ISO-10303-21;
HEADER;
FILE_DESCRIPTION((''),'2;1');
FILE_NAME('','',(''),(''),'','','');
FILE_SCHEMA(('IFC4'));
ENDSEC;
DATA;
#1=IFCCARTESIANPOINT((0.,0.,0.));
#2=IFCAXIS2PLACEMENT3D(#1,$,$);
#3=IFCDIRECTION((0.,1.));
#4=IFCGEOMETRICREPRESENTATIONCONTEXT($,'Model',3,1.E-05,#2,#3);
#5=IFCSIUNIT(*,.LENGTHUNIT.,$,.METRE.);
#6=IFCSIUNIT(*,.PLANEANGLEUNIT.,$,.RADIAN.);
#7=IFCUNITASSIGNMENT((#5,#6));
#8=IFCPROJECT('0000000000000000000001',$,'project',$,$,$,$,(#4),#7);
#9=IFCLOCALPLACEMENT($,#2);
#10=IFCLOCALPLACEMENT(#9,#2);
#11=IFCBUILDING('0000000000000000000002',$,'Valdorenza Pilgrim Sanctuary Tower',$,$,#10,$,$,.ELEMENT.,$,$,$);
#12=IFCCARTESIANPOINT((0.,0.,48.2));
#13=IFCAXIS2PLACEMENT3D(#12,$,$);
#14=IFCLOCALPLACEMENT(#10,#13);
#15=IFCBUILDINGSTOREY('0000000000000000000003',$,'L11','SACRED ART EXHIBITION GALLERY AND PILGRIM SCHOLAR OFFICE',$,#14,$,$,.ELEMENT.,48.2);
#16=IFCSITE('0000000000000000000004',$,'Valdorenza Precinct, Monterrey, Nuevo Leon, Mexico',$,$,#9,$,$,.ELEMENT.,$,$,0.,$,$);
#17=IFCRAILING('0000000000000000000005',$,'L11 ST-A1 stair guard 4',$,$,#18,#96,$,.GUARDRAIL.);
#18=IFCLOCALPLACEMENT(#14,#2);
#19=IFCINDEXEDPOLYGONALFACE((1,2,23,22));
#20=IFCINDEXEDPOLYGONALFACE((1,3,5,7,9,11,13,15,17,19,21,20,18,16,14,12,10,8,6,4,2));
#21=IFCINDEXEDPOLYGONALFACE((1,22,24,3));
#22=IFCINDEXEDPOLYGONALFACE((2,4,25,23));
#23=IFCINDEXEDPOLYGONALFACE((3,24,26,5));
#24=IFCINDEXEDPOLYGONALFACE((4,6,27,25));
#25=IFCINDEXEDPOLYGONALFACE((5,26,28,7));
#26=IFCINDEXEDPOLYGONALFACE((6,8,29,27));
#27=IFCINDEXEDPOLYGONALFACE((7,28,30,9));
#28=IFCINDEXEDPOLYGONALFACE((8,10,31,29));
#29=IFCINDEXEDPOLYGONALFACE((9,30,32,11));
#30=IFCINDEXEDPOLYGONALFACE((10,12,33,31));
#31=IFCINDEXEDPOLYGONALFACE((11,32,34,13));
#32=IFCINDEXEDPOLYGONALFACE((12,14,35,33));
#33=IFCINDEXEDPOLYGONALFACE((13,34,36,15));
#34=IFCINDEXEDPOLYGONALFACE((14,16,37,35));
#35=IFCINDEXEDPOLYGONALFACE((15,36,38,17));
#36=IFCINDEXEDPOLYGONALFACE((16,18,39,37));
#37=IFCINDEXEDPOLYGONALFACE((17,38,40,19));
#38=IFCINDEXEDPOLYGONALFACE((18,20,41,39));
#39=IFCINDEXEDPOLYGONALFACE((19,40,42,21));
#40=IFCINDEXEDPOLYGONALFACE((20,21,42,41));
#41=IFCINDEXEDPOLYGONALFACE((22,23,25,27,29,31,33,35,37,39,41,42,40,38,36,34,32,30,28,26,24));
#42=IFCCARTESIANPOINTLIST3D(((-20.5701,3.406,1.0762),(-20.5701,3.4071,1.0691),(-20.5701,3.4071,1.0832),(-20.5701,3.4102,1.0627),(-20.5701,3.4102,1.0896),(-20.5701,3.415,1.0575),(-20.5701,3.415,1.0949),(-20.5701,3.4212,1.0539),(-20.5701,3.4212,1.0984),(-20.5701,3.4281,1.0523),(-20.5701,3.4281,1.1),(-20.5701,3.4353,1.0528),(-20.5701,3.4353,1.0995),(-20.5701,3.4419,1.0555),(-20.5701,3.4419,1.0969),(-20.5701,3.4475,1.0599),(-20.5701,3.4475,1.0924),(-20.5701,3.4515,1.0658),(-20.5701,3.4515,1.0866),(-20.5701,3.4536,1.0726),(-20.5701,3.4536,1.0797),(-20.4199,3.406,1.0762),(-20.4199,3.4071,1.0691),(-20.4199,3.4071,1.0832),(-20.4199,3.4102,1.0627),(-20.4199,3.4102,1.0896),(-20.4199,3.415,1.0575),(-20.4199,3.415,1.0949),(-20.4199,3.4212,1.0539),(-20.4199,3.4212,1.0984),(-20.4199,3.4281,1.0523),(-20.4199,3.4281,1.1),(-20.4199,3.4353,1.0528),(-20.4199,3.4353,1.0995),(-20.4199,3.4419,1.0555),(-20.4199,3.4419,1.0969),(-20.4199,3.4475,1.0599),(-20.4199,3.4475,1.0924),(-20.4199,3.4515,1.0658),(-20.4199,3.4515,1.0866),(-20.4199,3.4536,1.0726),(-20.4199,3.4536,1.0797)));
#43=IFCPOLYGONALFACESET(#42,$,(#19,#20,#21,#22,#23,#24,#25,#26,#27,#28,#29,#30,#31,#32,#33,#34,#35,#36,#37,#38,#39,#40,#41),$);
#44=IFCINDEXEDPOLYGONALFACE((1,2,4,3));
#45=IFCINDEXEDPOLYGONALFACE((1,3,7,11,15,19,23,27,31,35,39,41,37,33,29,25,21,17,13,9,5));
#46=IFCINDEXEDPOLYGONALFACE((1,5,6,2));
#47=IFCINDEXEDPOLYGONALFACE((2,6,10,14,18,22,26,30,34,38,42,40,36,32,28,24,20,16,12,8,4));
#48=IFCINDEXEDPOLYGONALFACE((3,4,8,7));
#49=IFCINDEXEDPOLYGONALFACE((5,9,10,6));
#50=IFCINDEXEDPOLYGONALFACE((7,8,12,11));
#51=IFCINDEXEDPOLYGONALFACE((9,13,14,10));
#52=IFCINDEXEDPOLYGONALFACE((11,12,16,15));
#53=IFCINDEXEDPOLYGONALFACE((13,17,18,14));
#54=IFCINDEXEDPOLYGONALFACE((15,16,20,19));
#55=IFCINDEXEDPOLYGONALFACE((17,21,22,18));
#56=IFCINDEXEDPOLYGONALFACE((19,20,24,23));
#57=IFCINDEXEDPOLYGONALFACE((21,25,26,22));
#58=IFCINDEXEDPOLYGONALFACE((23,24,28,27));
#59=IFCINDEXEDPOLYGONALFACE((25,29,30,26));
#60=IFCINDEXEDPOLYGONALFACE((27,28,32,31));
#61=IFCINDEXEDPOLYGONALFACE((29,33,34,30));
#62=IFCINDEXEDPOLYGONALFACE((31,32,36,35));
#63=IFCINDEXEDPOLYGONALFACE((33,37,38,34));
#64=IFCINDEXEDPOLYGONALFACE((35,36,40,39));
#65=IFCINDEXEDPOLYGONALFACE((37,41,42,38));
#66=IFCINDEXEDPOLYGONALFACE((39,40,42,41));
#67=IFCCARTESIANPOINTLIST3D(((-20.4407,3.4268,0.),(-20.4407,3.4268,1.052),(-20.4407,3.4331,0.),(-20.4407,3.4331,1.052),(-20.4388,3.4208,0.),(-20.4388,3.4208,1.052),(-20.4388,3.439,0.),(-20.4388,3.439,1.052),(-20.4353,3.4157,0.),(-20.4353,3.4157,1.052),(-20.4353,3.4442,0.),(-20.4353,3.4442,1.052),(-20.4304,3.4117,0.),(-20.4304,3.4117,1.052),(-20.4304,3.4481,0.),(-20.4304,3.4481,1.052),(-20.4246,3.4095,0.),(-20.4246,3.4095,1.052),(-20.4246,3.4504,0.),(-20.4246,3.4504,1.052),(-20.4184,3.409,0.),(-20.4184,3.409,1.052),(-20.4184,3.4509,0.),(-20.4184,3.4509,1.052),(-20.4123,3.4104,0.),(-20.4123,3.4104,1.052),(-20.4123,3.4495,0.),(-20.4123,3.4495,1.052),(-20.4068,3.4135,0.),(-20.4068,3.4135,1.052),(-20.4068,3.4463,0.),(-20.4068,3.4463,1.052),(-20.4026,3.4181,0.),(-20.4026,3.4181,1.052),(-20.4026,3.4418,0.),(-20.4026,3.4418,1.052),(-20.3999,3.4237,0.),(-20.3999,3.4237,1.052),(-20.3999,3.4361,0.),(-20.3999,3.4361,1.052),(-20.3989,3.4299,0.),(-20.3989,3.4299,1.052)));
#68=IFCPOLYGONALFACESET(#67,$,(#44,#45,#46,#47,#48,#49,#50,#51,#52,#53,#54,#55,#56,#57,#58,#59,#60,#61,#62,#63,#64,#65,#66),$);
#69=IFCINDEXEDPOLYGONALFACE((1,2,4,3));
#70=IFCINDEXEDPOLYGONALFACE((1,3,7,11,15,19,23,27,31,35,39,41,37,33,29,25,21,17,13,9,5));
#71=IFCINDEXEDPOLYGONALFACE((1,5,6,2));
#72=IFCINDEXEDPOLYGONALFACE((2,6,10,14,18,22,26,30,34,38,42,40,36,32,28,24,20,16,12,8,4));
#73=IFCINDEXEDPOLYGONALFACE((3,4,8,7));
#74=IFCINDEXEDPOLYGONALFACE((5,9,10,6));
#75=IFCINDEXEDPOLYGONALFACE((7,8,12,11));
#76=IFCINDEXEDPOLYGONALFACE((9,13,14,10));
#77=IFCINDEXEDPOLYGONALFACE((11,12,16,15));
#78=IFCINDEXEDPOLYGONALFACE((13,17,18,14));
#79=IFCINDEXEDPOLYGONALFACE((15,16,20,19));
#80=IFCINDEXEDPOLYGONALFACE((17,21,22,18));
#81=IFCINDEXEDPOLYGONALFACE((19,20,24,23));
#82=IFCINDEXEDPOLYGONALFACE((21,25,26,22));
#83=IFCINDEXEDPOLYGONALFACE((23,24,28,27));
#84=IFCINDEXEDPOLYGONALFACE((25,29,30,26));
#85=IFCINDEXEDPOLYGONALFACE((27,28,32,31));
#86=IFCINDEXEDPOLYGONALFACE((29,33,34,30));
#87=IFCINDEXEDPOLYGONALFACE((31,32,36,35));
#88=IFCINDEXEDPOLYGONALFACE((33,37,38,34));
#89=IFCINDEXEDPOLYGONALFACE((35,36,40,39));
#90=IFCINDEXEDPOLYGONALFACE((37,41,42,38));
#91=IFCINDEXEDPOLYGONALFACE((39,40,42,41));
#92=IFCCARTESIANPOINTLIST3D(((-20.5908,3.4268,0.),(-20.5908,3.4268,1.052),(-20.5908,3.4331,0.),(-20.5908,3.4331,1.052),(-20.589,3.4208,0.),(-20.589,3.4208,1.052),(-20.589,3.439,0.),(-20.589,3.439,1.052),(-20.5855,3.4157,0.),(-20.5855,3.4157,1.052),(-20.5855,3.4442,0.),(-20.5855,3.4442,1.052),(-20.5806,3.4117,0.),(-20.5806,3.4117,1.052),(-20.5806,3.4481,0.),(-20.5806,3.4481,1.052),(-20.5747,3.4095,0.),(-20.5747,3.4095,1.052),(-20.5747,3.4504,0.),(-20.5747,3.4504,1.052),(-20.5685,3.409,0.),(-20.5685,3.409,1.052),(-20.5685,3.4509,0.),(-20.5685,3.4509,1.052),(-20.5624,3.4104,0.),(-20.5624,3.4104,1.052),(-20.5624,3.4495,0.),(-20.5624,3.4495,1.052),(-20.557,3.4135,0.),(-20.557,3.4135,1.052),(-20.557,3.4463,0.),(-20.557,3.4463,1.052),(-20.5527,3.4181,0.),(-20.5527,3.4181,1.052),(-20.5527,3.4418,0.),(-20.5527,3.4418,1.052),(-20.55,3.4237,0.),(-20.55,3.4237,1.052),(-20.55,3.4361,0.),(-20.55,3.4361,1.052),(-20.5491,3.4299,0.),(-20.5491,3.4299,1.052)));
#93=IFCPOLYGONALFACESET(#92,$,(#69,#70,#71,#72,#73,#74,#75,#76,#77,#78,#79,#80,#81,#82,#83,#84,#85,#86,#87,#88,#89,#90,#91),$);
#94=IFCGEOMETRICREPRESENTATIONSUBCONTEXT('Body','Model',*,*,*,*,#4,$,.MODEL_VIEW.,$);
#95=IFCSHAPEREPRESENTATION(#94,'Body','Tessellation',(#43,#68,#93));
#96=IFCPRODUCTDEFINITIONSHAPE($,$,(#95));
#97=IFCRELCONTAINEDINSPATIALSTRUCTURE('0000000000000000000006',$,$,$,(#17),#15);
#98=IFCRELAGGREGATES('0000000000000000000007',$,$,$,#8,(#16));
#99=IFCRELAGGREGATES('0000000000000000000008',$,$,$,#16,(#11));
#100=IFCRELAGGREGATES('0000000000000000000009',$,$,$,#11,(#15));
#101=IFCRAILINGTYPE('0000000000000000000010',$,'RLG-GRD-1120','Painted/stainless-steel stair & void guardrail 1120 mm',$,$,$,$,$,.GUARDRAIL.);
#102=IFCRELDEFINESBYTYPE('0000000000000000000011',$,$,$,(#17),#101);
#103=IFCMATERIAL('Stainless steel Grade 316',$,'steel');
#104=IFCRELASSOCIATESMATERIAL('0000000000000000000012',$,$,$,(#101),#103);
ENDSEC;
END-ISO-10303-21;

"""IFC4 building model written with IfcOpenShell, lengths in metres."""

from ifc_helpers import new_model, si_unit, direction, frame, origin, origin_2d, place, context, subcontext, project, spatial, circle, extrude, material, type_object, element, save


model = new_model("IFC4")

# Units and contexts
model_context = context("Model", 3, precision=1e-05, world=origin(), true_north=direction((0.0, 1.0)))
body_context = subcontext(model_context, "Body", "Model", "MODEL_VIEW")
ifc_project = project(units=[si_unit("LENGTHUNIT", "METRE"), si_unit("PLANEANGLEUNIT", "RADIAN")], contexts=[model_context])

# Site, building, storey
site_placement = place(None, origin())
site = spatial("IfcSite", under=ifc_project, at=site_placement, Name="Valdorenza Precinct, Monterrey, Nuevo Leon, Mexico", CompositionType="ELEMENT", RefElevation=0.0)
building_placement = place(site_placement, origin())
building = spatial("IfcBuilding", under=site, at=building_placement, Name="Valdorenza Pilgrim Sanctuary Tower", CompositionType="ELEMENT")
storey_placement = place(building_placement, frame((0.0, 0.0, 48.2)))
storey = spatial("IfcBuildingStorey", under=building, at=storey_placement, Name="L11", Description="SACRED ART EXHIBITION GALLERY AND PILGRIM SCHOLAR OFFICE", CompositionType="ELEMENT", Elevation=48.2)

# Railing
ifc_material_1 = material(Name="Stainless steel Grade 316", Category="steel")
railing_type_1 = type_object("IfcRailingType", Name="RLG-GRD-1120", Description="Painted/stainless-steel stair & void guardrail 1120 mm", PredefinedType="GUARDRAIL", material=ifc_material_1)
railing_1_placement = place(storey_placement, frame((-20.4199, 3.4299, 0.0)))
element("IfcRailing", 1, at=railing_1_placement, inside=storey, type_object=railing_type_1, Name="L11 ST-A1 stair guard 4", PredefinedType="GUARDRAIL", context=body_context, shape_type="SweptSolid", body=[
    extrude(circle(Radius=0.0239, at=origin_2d()), frame((0.0, 0.0, 1.0762), z_axis=(-1.0, 0.0, 0.0), x_axis=(0.0, -1.0, 0.0)), (0.0, 0.0, 1.0), 0.1501),
    extrude(circle(Radius=0.021, at=origin_2d()), origin(), (0.0, 0.0, 1.0), 1.052),
    extrude(circle(Radius=0.021, at=origin_2d()), frame((-0.1501, 0.0, 0.0)), (0.0, 0.0, 1.0), 1.052),
])

save(model, "model.ifc")
